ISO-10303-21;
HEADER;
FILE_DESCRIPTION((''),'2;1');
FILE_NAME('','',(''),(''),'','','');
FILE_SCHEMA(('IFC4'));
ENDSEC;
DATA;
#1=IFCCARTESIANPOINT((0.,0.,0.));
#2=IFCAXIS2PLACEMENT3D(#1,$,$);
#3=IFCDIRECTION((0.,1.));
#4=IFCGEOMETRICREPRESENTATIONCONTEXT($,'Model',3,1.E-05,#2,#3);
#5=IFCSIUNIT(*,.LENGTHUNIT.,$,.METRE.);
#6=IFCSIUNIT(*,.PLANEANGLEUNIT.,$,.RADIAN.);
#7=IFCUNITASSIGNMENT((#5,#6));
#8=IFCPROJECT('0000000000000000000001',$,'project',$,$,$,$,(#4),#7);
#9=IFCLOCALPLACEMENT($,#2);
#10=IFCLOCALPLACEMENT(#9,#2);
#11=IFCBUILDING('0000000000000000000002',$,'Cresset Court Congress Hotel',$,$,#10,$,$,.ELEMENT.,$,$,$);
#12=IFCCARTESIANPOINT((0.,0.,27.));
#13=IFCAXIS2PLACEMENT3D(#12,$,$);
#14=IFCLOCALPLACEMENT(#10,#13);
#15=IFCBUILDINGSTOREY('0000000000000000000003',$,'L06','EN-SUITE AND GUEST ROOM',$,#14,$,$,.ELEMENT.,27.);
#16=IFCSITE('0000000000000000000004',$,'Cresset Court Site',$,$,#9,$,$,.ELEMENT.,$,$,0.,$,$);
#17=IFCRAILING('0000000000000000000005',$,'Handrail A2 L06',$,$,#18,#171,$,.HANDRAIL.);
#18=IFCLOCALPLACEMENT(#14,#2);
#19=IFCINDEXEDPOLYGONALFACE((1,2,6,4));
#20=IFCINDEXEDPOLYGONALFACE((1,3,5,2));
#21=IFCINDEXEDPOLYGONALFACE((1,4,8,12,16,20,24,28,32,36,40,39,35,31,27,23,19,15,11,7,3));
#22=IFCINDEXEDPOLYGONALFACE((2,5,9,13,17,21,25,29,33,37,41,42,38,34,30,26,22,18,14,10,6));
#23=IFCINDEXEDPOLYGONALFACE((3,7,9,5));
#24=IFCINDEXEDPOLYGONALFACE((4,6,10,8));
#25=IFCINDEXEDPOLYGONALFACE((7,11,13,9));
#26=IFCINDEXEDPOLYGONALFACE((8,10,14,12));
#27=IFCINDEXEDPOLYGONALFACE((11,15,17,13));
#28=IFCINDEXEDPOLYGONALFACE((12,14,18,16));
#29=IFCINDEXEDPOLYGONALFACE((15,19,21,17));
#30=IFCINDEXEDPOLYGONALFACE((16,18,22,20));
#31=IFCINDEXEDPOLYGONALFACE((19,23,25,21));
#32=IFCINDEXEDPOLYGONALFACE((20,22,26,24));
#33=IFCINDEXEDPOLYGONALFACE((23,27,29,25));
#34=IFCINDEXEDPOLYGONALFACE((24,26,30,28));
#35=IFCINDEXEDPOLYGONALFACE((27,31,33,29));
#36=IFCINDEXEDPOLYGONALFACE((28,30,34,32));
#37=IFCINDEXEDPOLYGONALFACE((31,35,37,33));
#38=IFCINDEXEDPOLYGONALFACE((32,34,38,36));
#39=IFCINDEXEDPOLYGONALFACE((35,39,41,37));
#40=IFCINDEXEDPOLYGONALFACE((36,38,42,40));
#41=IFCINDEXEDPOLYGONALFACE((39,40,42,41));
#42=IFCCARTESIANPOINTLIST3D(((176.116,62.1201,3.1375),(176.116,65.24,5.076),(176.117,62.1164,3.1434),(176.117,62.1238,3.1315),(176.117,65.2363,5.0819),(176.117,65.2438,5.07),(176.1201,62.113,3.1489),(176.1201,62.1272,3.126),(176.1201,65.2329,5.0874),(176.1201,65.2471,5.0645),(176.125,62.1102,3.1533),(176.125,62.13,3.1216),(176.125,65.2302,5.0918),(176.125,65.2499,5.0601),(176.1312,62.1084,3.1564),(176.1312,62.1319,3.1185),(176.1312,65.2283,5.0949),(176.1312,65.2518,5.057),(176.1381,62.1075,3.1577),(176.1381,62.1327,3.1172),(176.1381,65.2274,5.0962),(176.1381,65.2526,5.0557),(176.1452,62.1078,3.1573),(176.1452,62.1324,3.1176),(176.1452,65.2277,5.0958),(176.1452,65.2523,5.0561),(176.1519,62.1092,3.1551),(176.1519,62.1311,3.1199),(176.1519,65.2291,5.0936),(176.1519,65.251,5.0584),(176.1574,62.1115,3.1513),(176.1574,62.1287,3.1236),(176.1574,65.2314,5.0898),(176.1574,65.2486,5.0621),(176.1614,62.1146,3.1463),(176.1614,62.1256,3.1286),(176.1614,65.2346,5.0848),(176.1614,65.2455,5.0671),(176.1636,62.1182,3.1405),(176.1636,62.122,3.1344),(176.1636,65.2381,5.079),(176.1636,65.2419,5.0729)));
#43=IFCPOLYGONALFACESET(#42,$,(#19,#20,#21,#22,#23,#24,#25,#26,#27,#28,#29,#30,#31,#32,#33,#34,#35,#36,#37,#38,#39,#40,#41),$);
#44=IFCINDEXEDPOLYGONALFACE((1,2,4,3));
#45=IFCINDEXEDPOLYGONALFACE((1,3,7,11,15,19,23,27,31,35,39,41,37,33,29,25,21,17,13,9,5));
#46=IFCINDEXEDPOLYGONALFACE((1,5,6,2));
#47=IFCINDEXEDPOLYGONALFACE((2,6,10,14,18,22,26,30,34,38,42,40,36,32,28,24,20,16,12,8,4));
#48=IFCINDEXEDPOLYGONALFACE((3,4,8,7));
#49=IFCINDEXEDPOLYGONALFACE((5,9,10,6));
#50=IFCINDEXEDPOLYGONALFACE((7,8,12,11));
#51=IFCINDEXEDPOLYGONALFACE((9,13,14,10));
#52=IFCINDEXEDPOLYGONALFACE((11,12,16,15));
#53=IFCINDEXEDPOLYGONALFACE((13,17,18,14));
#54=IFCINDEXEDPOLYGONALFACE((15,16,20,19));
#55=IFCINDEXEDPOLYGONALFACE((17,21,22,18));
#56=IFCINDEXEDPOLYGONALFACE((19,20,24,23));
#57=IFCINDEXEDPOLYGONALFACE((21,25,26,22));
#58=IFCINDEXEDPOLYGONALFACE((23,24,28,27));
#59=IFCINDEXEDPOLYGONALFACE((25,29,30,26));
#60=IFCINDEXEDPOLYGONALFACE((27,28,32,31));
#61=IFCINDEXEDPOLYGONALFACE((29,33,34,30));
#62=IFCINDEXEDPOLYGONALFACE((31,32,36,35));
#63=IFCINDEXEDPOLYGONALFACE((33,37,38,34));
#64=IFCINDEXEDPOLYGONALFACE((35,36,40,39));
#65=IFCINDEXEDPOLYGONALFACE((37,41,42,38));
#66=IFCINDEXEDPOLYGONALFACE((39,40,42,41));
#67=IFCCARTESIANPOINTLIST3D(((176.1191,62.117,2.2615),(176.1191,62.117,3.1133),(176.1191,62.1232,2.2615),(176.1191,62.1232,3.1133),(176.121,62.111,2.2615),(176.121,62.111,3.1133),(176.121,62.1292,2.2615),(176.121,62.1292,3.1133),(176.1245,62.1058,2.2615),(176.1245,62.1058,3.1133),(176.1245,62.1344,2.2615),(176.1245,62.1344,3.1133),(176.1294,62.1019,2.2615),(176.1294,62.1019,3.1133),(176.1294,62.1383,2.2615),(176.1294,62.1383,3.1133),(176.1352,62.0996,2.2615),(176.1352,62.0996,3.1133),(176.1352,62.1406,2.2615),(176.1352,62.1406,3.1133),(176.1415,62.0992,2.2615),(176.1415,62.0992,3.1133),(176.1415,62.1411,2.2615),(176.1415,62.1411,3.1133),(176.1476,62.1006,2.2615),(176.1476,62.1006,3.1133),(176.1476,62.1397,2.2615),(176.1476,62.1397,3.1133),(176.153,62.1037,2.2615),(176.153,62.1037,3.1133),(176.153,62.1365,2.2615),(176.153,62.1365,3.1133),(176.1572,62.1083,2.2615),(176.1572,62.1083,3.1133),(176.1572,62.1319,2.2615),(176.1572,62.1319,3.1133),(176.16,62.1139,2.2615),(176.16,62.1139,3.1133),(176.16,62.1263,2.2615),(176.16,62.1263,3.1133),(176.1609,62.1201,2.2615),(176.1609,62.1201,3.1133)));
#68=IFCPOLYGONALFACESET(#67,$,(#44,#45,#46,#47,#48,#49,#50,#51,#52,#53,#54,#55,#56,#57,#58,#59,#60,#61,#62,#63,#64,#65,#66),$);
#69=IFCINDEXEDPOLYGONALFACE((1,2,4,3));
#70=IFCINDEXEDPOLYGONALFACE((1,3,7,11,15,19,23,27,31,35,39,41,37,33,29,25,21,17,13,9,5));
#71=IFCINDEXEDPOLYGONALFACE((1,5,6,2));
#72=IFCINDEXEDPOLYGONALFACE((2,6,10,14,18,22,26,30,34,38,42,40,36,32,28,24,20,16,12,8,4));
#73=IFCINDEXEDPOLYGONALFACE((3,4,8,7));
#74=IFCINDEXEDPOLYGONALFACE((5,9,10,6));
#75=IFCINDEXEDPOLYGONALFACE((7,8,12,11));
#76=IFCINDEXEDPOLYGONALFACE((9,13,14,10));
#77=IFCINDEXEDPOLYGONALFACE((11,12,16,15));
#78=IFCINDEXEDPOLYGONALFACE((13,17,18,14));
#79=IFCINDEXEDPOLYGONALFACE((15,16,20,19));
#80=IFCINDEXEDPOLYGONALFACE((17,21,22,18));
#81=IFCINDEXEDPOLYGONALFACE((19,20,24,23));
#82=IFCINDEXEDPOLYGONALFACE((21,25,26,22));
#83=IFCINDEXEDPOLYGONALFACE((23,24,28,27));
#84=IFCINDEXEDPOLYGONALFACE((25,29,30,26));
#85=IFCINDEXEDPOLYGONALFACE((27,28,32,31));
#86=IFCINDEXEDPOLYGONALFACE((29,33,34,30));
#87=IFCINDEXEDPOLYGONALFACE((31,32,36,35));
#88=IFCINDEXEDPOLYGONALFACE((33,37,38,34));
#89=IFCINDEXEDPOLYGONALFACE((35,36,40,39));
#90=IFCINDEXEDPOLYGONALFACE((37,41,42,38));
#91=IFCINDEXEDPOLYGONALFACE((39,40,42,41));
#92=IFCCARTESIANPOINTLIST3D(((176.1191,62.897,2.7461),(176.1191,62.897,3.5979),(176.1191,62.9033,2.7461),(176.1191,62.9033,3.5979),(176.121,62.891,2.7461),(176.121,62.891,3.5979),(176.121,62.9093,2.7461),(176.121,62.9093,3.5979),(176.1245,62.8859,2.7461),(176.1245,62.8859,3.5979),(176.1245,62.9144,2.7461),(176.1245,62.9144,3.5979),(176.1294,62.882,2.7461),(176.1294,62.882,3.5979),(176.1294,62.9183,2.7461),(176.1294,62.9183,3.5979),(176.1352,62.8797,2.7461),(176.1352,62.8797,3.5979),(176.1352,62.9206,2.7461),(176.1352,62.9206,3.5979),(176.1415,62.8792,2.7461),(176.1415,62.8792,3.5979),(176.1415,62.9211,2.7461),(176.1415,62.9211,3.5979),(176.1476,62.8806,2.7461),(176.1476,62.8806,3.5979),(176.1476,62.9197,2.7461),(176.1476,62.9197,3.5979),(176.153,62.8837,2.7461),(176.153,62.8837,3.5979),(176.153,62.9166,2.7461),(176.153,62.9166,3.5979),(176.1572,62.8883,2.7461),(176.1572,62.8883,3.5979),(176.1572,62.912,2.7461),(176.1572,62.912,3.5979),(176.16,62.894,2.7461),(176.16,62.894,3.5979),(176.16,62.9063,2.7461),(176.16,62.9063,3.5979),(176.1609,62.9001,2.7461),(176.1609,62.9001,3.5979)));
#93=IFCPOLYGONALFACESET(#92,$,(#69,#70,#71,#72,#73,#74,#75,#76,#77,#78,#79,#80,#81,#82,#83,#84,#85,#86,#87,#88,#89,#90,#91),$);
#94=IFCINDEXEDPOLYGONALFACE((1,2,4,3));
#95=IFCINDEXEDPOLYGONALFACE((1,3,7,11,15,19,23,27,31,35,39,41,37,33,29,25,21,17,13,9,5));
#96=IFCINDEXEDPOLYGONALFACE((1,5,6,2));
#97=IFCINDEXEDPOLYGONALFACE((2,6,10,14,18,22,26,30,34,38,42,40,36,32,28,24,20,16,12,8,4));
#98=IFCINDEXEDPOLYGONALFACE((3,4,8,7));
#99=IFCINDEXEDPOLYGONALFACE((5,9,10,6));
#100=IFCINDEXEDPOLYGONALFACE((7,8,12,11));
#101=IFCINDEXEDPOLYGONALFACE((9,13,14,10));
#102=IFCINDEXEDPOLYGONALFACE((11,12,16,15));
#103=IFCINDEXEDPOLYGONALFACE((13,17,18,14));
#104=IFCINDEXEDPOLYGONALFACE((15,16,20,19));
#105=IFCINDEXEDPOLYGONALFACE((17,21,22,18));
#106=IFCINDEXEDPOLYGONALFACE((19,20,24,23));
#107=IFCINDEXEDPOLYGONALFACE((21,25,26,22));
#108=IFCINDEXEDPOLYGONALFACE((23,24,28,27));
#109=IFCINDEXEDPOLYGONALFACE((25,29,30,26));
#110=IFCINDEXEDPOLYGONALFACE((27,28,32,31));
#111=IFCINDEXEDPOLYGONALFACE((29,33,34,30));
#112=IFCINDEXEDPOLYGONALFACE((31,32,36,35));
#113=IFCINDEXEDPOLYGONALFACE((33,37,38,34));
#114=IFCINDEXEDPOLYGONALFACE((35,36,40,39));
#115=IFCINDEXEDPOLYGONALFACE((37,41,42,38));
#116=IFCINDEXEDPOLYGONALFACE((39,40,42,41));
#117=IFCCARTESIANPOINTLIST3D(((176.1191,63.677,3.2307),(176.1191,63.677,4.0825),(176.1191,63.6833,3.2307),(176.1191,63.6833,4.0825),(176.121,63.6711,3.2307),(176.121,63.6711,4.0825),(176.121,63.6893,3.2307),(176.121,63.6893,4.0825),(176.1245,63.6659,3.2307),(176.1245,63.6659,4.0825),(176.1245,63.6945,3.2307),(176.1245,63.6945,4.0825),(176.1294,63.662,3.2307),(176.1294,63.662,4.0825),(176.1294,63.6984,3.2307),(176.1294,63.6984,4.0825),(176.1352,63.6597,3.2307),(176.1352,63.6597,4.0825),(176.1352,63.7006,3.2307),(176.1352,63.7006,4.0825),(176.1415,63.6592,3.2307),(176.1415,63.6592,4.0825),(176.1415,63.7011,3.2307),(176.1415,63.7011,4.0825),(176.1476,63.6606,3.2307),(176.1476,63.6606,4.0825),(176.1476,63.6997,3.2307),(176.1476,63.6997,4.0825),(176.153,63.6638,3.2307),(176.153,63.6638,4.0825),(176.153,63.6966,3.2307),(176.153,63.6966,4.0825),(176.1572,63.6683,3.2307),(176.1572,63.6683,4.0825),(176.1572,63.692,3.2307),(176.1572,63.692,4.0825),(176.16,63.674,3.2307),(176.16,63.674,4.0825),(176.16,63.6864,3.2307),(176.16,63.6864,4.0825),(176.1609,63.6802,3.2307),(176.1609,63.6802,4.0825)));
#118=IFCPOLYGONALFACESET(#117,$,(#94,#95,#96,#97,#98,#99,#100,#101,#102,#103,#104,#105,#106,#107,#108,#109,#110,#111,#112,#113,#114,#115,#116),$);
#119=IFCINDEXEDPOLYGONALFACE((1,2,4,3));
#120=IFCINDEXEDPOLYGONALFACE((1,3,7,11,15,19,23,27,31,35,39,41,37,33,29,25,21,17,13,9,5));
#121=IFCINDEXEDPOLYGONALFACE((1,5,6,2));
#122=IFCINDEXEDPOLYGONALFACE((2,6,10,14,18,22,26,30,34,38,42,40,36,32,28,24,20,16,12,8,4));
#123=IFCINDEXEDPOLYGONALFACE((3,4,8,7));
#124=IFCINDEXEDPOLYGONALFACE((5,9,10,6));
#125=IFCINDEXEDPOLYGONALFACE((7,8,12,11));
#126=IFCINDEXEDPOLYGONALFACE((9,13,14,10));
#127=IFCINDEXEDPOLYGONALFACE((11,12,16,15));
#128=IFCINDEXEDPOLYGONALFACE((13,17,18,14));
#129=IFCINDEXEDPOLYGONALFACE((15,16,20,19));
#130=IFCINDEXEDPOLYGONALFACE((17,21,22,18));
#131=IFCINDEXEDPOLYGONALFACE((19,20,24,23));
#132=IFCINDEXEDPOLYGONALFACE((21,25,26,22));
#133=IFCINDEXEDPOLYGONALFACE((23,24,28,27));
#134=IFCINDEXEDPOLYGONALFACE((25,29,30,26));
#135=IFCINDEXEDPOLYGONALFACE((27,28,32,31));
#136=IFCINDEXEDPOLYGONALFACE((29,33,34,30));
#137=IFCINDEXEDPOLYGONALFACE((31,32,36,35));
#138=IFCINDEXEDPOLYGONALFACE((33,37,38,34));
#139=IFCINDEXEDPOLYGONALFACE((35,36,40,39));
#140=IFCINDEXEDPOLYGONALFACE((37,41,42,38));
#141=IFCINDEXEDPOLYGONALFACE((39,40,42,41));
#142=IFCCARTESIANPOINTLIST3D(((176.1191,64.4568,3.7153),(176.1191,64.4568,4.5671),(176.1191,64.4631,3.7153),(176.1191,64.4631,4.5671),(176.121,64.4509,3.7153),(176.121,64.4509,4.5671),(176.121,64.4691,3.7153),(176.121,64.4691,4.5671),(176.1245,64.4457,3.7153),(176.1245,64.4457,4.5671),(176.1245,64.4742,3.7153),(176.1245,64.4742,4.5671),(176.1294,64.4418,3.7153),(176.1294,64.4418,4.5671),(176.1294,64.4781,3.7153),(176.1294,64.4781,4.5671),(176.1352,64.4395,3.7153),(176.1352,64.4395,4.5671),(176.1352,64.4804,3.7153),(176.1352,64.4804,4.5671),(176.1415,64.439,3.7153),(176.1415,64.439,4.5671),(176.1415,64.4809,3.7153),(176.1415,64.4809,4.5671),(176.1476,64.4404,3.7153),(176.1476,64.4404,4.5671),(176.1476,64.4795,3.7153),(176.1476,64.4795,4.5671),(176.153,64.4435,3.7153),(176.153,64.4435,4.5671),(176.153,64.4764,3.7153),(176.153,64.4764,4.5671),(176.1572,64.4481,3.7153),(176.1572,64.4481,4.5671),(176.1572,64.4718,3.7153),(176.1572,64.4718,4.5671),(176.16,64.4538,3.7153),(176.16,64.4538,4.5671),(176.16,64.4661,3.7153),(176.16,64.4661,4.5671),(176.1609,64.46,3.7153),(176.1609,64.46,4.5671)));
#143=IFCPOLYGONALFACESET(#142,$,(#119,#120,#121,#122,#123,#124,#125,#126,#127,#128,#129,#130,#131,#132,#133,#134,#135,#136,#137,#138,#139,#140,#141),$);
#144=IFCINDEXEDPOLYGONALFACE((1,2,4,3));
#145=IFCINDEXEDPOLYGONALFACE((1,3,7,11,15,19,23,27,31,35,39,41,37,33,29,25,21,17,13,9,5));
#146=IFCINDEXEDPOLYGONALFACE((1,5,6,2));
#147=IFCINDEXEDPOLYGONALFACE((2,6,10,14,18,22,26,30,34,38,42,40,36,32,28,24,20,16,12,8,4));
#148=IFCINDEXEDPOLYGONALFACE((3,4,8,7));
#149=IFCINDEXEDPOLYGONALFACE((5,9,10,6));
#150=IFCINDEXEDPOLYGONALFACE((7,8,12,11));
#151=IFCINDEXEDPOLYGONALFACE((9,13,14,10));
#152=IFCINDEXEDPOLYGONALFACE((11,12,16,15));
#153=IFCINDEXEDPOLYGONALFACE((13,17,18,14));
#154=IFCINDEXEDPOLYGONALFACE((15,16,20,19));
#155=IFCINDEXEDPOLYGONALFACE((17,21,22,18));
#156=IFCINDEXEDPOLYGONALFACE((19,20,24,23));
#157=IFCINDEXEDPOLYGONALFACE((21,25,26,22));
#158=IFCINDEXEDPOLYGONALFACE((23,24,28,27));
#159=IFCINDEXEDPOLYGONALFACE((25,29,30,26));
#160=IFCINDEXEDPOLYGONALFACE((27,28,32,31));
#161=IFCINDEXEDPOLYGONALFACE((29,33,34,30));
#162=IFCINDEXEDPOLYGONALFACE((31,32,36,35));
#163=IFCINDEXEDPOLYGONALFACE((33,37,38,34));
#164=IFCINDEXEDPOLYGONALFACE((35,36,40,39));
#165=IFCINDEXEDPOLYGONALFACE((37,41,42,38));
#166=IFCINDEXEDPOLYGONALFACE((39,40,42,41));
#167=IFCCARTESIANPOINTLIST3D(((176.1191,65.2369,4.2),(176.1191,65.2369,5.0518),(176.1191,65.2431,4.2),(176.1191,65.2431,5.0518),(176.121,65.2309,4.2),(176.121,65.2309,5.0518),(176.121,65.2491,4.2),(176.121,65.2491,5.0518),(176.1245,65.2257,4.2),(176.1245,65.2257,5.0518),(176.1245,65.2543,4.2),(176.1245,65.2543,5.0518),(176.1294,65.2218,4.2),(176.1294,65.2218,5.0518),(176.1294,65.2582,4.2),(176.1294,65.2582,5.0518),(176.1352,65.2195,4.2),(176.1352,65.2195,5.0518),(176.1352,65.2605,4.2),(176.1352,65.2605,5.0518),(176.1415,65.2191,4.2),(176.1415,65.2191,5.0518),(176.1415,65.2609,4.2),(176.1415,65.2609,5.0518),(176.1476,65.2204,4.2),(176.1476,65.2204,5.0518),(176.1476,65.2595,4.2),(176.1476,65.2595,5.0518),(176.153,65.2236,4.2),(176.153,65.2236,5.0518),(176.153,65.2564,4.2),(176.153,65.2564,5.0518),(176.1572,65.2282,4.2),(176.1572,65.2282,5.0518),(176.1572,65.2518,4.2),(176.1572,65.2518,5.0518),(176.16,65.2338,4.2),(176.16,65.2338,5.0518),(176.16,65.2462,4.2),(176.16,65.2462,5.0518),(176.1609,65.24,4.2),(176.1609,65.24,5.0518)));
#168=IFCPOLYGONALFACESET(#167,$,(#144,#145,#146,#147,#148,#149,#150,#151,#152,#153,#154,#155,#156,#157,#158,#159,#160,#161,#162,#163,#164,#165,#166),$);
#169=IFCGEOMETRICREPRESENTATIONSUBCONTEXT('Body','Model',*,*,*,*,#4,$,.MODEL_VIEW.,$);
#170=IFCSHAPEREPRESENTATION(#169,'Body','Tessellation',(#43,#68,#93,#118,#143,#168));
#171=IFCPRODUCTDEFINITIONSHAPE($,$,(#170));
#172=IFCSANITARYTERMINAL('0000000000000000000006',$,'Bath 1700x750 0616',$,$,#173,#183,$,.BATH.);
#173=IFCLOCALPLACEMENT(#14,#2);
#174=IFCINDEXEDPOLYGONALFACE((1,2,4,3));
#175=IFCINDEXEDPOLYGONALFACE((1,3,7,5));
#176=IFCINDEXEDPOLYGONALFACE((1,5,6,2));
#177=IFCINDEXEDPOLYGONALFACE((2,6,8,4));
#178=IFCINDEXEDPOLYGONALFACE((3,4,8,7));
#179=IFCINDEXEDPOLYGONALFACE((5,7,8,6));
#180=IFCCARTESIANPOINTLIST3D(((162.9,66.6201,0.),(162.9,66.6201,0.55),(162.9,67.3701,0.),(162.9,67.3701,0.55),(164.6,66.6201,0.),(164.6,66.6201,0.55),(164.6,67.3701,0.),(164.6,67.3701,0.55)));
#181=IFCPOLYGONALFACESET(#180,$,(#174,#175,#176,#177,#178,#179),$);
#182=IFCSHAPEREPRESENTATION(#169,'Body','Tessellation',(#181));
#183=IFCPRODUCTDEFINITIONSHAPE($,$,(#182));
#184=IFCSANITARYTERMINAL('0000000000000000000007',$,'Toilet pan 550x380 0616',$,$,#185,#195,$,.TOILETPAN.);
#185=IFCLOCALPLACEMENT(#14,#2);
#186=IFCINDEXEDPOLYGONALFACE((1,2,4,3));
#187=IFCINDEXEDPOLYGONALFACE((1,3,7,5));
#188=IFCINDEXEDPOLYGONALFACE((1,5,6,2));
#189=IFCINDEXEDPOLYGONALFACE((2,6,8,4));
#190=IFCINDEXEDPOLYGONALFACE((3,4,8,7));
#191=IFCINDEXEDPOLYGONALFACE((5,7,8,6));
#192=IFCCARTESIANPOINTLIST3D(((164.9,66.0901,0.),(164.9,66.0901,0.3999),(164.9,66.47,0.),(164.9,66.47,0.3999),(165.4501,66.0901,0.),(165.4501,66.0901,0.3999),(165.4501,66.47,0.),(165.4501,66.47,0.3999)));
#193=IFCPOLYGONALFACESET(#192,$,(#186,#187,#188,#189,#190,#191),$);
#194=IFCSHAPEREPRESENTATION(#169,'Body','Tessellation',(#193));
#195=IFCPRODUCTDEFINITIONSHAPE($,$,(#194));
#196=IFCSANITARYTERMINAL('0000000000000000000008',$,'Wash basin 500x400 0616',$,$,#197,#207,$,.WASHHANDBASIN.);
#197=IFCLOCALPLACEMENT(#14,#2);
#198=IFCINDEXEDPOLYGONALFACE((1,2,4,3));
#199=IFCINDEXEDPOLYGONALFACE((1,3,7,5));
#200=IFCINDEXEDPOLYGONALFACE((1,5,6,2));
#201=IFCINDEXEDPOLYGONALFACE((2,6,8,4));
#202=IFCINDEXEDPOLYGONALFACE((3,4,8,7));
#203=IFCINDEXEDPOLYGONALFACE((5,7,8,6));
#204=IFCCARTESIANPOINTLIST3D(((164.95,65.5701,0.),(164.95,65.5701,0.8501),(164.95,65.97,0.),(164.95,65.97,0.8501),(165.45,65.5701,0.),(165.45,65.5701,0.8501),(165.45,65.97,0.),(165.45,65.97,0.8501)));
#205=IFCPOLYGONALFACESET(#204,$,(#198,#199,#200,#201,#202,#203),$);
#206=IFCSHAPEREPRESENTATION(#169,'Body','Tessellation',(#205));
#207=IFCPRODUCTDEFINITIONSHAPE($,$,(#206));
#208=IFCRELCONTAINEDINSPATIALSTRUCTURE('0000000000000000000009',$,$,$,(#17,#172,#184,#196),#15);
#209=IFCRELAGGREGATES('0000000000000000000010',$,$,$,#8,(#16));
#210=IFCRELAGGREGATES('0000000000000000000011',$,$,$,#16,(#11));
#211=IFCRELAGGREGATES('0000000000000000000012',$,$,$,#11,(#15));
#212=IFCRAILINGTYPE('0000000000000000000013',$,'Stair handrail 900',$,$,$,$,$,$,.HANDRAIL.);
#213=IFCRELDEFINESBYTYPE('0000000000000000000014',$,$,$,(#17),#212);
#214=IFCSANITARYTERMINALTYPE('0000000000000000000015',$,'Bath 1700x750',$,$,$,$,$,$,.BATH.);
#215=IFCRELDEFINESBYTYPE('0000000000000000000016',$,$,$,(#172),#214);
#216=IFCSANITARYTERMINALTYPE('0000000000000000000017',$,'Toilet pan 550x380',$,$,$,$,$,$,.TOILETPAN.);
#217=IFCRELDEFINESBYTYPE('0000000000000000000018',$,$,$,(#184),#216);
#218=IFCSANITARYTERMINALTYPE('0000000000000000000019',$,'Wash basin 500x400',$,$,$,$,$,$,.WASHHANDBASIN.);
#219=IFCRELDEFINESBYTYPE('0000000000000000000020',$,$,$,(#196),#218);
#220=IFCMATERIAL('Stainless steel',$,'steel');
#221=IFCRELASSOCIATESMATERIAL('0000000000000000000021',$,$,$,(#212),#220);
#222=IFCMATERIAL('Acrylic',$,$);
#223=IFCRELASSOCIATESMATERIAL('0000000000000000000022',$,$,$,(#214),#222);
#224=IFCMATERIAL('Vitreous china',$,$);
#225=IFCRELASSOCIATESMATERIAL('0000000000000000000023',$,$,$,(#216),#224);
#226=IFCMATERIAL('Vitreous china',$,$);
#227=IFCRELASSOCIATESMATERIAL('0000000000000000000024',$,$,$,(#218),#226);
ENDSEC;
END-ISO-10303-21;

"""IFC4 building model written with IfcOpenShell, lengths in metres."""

from ifc_helpers import new_model, si_unit, direction, frame, origin, origin_2d, place, context, subcontext, project, spatial, rectangle, circle, extrude, material, type_object, element, save


model = new_model("IFC4")

# Units and contexts
model_context = context("Model", 3, precision=1e-05, world=origin(), true_north=direction((0.0, 1.0)))
body_context = subcontext(model_context, "Body", "Model", "MODEL_VIEW")
ifc_project = project(units=[si_unit("LENGTHUNIT", "METRE"), si_unit("PLANEANGLEUNIT", "RADIAN")], contexts=[model_context])

# Site, building, storey
site_placement = place(None, origin())
site = spatial("IfcSite", under=ifc_project, at=site_placement, Name="Cresset Court Site", CompositionType="ELEMENT", RefElevation=0.0)
building_placement = place(site_placement, origin())
building = spatial("IfcBuilding", under=site, at=building_placement, Name="Cresset Court Congress Hotel", CompositionType="ELEMENT")
storey_placement = place(building_placement, frame((0.0, 0.0, 27.0)))
storey = spatial("IfcBuildingStorey", under=building, at=storey_placement, Name="L06", Description="EN-SUITE AND GUEST ROOM", CompositionType="ELEMENT", Elevation=27.0)

# Railing
ifc_material_1 = material(Name="Stainless steel", Category="steel")
railing_type_1 = type_object("IfcRailingType", Name="Stair handrail 900", PredefinedType="HANDRAIL", material=ifc_material_1)
for number, where, name in (
    (1, (176.1399, 62.1201, 2.2615), "Handrail A2 L06"),
):
    element("IfcRailing", number, at=place(storey_placement, frame(where)), inside=storey, type_object=railing_type_1, Name=name, PredefinedType="HANDRAIL", context=body_context, shape_type="SweptSolid", body=[
        extrude(circle(Radius=0.0239, at=origin_2d()), frame((0.0, 0.0, 0.876), z_axis=(0.0, 0.849396, 0.527757), x_axis=(-1.0, 0.0, 0.0)), (0.0, 0.0, 1.0), 3.6731),
        extrude(circle(Radius=0.021, at=origin_2d()), origin(), (0.0, 0.0, 1.0), 0.8518),
        extrude(circle(Radius=0.021, at=origin_2d()), frame((0.0, 0.78, 0.4846)), (0.0, 0.0, 1.0), 0.8518),
        extrude(circle(Radius=0.021, at=origin_2d()), frame((0.0, 1.5601, 0.9692)), (0.0, 0.0, 1.0), 0.8518),
        extrude(circle(Radius=0.021, at=origin_2d()), frame((0.0, 2.3398, 1.4539)), (0.0, 0.0, 1.0), 0.8518),
        extrude(circle(Radius=0.021, at=origin_2d()), frame((0.0, 3.1199, 1.9385)), (0.0, 0.0, 1.0), 0.8518),
    ])

# Sanitary terminals
ifc_material_2 = material(Name="Acrylic")
sanitary_terminal_type_1 = type_object("IfcSanitaryTerminalType", Name="Bath 1700x750", PredefinedType="BATH", material=ifc_material_2)
sanitary_terminal_1_placement = place(storey_placement, frame((163.75, 66.9951, 0.0), z_axis=(0.0, 0.0, 1.0), x_axis=(1.0, 0.0, 0.0)))
element("IfcSanitaryTerminal", 2, at=sanitary_terminal_1_placement, inside=storey, type_object=sanitary_terminal_type_1, Name="Bath 1700x750 0616", PredefinedType="BATH", context=body_context, shape_type="SweptSolid", body=[
    extrude(rectangle(XDim=1.7, YDim=0.75, at=origin_2d()), origin(), (0.0, 0.0, 1.0), 0.55),
])
ifc_material_3 = material(Name="Vitreous china")
sanitary_terminal_type_2 = type_object("IfcSanitaryTerminalType", Name="Toilet pan 550x380", PredefinedType="TOILETPAN", material=ifc_material_3)
sanitary_terminal_2_placement = place(storey_placement, frame((165.175, 66.28, 0.0), z_axis=(0.0, 0.0, 1.0), x_axis=(1.0, 0.0, 0.0)))
element("IfcSanitaryTerminal", 3, at=sanitary_terminal_2_placement, inside=storey, type_object=sanitary_terminal_type_2, Name="Toilet pan 550x380 0616", PredefinedType="TOILETPAN", context=body_context, shape_type="SweptSolid", body=[
    extrude(rectangle(XDim=0.55, YDim=0.3799, at=origin_2d()), origin(), (0.0, 0.0, 1.0), 0.3999),
])
ifc_material_4 = material(Name="Vitreous china")
sanitary_terminal_type_3 = type_object("IfcSanitaryTerminalType", Name="Wash basin 500x400", PredefinedType="WASHHANDBASIN", material=ifc_material_4)
sanitary_terminal_3_placement = place(storey_placement, frame((165.2, 65.77, 0.0), z_axis=(0.0, 0.0, 1.0), x_axis=(1.0, 0.0, 0.0)))
element("IfcSanitaryTerminal", 4, at=sanitary_terminal_3_placement, inside=storey, type_object=sanitary_terminal_type_3, Name="Wash basin 500x400 0616", PredefinedType="WASHHANDBASIN", context=body_context, shape_type="SweptSolid", body=[
    extrude(rectangle(XDim=0.5, YDim=0.3999, at=origin_2d()), origin(), (0.0, 0.0, 1.0), 0.8501),
])

save(model, "model.ifc")
